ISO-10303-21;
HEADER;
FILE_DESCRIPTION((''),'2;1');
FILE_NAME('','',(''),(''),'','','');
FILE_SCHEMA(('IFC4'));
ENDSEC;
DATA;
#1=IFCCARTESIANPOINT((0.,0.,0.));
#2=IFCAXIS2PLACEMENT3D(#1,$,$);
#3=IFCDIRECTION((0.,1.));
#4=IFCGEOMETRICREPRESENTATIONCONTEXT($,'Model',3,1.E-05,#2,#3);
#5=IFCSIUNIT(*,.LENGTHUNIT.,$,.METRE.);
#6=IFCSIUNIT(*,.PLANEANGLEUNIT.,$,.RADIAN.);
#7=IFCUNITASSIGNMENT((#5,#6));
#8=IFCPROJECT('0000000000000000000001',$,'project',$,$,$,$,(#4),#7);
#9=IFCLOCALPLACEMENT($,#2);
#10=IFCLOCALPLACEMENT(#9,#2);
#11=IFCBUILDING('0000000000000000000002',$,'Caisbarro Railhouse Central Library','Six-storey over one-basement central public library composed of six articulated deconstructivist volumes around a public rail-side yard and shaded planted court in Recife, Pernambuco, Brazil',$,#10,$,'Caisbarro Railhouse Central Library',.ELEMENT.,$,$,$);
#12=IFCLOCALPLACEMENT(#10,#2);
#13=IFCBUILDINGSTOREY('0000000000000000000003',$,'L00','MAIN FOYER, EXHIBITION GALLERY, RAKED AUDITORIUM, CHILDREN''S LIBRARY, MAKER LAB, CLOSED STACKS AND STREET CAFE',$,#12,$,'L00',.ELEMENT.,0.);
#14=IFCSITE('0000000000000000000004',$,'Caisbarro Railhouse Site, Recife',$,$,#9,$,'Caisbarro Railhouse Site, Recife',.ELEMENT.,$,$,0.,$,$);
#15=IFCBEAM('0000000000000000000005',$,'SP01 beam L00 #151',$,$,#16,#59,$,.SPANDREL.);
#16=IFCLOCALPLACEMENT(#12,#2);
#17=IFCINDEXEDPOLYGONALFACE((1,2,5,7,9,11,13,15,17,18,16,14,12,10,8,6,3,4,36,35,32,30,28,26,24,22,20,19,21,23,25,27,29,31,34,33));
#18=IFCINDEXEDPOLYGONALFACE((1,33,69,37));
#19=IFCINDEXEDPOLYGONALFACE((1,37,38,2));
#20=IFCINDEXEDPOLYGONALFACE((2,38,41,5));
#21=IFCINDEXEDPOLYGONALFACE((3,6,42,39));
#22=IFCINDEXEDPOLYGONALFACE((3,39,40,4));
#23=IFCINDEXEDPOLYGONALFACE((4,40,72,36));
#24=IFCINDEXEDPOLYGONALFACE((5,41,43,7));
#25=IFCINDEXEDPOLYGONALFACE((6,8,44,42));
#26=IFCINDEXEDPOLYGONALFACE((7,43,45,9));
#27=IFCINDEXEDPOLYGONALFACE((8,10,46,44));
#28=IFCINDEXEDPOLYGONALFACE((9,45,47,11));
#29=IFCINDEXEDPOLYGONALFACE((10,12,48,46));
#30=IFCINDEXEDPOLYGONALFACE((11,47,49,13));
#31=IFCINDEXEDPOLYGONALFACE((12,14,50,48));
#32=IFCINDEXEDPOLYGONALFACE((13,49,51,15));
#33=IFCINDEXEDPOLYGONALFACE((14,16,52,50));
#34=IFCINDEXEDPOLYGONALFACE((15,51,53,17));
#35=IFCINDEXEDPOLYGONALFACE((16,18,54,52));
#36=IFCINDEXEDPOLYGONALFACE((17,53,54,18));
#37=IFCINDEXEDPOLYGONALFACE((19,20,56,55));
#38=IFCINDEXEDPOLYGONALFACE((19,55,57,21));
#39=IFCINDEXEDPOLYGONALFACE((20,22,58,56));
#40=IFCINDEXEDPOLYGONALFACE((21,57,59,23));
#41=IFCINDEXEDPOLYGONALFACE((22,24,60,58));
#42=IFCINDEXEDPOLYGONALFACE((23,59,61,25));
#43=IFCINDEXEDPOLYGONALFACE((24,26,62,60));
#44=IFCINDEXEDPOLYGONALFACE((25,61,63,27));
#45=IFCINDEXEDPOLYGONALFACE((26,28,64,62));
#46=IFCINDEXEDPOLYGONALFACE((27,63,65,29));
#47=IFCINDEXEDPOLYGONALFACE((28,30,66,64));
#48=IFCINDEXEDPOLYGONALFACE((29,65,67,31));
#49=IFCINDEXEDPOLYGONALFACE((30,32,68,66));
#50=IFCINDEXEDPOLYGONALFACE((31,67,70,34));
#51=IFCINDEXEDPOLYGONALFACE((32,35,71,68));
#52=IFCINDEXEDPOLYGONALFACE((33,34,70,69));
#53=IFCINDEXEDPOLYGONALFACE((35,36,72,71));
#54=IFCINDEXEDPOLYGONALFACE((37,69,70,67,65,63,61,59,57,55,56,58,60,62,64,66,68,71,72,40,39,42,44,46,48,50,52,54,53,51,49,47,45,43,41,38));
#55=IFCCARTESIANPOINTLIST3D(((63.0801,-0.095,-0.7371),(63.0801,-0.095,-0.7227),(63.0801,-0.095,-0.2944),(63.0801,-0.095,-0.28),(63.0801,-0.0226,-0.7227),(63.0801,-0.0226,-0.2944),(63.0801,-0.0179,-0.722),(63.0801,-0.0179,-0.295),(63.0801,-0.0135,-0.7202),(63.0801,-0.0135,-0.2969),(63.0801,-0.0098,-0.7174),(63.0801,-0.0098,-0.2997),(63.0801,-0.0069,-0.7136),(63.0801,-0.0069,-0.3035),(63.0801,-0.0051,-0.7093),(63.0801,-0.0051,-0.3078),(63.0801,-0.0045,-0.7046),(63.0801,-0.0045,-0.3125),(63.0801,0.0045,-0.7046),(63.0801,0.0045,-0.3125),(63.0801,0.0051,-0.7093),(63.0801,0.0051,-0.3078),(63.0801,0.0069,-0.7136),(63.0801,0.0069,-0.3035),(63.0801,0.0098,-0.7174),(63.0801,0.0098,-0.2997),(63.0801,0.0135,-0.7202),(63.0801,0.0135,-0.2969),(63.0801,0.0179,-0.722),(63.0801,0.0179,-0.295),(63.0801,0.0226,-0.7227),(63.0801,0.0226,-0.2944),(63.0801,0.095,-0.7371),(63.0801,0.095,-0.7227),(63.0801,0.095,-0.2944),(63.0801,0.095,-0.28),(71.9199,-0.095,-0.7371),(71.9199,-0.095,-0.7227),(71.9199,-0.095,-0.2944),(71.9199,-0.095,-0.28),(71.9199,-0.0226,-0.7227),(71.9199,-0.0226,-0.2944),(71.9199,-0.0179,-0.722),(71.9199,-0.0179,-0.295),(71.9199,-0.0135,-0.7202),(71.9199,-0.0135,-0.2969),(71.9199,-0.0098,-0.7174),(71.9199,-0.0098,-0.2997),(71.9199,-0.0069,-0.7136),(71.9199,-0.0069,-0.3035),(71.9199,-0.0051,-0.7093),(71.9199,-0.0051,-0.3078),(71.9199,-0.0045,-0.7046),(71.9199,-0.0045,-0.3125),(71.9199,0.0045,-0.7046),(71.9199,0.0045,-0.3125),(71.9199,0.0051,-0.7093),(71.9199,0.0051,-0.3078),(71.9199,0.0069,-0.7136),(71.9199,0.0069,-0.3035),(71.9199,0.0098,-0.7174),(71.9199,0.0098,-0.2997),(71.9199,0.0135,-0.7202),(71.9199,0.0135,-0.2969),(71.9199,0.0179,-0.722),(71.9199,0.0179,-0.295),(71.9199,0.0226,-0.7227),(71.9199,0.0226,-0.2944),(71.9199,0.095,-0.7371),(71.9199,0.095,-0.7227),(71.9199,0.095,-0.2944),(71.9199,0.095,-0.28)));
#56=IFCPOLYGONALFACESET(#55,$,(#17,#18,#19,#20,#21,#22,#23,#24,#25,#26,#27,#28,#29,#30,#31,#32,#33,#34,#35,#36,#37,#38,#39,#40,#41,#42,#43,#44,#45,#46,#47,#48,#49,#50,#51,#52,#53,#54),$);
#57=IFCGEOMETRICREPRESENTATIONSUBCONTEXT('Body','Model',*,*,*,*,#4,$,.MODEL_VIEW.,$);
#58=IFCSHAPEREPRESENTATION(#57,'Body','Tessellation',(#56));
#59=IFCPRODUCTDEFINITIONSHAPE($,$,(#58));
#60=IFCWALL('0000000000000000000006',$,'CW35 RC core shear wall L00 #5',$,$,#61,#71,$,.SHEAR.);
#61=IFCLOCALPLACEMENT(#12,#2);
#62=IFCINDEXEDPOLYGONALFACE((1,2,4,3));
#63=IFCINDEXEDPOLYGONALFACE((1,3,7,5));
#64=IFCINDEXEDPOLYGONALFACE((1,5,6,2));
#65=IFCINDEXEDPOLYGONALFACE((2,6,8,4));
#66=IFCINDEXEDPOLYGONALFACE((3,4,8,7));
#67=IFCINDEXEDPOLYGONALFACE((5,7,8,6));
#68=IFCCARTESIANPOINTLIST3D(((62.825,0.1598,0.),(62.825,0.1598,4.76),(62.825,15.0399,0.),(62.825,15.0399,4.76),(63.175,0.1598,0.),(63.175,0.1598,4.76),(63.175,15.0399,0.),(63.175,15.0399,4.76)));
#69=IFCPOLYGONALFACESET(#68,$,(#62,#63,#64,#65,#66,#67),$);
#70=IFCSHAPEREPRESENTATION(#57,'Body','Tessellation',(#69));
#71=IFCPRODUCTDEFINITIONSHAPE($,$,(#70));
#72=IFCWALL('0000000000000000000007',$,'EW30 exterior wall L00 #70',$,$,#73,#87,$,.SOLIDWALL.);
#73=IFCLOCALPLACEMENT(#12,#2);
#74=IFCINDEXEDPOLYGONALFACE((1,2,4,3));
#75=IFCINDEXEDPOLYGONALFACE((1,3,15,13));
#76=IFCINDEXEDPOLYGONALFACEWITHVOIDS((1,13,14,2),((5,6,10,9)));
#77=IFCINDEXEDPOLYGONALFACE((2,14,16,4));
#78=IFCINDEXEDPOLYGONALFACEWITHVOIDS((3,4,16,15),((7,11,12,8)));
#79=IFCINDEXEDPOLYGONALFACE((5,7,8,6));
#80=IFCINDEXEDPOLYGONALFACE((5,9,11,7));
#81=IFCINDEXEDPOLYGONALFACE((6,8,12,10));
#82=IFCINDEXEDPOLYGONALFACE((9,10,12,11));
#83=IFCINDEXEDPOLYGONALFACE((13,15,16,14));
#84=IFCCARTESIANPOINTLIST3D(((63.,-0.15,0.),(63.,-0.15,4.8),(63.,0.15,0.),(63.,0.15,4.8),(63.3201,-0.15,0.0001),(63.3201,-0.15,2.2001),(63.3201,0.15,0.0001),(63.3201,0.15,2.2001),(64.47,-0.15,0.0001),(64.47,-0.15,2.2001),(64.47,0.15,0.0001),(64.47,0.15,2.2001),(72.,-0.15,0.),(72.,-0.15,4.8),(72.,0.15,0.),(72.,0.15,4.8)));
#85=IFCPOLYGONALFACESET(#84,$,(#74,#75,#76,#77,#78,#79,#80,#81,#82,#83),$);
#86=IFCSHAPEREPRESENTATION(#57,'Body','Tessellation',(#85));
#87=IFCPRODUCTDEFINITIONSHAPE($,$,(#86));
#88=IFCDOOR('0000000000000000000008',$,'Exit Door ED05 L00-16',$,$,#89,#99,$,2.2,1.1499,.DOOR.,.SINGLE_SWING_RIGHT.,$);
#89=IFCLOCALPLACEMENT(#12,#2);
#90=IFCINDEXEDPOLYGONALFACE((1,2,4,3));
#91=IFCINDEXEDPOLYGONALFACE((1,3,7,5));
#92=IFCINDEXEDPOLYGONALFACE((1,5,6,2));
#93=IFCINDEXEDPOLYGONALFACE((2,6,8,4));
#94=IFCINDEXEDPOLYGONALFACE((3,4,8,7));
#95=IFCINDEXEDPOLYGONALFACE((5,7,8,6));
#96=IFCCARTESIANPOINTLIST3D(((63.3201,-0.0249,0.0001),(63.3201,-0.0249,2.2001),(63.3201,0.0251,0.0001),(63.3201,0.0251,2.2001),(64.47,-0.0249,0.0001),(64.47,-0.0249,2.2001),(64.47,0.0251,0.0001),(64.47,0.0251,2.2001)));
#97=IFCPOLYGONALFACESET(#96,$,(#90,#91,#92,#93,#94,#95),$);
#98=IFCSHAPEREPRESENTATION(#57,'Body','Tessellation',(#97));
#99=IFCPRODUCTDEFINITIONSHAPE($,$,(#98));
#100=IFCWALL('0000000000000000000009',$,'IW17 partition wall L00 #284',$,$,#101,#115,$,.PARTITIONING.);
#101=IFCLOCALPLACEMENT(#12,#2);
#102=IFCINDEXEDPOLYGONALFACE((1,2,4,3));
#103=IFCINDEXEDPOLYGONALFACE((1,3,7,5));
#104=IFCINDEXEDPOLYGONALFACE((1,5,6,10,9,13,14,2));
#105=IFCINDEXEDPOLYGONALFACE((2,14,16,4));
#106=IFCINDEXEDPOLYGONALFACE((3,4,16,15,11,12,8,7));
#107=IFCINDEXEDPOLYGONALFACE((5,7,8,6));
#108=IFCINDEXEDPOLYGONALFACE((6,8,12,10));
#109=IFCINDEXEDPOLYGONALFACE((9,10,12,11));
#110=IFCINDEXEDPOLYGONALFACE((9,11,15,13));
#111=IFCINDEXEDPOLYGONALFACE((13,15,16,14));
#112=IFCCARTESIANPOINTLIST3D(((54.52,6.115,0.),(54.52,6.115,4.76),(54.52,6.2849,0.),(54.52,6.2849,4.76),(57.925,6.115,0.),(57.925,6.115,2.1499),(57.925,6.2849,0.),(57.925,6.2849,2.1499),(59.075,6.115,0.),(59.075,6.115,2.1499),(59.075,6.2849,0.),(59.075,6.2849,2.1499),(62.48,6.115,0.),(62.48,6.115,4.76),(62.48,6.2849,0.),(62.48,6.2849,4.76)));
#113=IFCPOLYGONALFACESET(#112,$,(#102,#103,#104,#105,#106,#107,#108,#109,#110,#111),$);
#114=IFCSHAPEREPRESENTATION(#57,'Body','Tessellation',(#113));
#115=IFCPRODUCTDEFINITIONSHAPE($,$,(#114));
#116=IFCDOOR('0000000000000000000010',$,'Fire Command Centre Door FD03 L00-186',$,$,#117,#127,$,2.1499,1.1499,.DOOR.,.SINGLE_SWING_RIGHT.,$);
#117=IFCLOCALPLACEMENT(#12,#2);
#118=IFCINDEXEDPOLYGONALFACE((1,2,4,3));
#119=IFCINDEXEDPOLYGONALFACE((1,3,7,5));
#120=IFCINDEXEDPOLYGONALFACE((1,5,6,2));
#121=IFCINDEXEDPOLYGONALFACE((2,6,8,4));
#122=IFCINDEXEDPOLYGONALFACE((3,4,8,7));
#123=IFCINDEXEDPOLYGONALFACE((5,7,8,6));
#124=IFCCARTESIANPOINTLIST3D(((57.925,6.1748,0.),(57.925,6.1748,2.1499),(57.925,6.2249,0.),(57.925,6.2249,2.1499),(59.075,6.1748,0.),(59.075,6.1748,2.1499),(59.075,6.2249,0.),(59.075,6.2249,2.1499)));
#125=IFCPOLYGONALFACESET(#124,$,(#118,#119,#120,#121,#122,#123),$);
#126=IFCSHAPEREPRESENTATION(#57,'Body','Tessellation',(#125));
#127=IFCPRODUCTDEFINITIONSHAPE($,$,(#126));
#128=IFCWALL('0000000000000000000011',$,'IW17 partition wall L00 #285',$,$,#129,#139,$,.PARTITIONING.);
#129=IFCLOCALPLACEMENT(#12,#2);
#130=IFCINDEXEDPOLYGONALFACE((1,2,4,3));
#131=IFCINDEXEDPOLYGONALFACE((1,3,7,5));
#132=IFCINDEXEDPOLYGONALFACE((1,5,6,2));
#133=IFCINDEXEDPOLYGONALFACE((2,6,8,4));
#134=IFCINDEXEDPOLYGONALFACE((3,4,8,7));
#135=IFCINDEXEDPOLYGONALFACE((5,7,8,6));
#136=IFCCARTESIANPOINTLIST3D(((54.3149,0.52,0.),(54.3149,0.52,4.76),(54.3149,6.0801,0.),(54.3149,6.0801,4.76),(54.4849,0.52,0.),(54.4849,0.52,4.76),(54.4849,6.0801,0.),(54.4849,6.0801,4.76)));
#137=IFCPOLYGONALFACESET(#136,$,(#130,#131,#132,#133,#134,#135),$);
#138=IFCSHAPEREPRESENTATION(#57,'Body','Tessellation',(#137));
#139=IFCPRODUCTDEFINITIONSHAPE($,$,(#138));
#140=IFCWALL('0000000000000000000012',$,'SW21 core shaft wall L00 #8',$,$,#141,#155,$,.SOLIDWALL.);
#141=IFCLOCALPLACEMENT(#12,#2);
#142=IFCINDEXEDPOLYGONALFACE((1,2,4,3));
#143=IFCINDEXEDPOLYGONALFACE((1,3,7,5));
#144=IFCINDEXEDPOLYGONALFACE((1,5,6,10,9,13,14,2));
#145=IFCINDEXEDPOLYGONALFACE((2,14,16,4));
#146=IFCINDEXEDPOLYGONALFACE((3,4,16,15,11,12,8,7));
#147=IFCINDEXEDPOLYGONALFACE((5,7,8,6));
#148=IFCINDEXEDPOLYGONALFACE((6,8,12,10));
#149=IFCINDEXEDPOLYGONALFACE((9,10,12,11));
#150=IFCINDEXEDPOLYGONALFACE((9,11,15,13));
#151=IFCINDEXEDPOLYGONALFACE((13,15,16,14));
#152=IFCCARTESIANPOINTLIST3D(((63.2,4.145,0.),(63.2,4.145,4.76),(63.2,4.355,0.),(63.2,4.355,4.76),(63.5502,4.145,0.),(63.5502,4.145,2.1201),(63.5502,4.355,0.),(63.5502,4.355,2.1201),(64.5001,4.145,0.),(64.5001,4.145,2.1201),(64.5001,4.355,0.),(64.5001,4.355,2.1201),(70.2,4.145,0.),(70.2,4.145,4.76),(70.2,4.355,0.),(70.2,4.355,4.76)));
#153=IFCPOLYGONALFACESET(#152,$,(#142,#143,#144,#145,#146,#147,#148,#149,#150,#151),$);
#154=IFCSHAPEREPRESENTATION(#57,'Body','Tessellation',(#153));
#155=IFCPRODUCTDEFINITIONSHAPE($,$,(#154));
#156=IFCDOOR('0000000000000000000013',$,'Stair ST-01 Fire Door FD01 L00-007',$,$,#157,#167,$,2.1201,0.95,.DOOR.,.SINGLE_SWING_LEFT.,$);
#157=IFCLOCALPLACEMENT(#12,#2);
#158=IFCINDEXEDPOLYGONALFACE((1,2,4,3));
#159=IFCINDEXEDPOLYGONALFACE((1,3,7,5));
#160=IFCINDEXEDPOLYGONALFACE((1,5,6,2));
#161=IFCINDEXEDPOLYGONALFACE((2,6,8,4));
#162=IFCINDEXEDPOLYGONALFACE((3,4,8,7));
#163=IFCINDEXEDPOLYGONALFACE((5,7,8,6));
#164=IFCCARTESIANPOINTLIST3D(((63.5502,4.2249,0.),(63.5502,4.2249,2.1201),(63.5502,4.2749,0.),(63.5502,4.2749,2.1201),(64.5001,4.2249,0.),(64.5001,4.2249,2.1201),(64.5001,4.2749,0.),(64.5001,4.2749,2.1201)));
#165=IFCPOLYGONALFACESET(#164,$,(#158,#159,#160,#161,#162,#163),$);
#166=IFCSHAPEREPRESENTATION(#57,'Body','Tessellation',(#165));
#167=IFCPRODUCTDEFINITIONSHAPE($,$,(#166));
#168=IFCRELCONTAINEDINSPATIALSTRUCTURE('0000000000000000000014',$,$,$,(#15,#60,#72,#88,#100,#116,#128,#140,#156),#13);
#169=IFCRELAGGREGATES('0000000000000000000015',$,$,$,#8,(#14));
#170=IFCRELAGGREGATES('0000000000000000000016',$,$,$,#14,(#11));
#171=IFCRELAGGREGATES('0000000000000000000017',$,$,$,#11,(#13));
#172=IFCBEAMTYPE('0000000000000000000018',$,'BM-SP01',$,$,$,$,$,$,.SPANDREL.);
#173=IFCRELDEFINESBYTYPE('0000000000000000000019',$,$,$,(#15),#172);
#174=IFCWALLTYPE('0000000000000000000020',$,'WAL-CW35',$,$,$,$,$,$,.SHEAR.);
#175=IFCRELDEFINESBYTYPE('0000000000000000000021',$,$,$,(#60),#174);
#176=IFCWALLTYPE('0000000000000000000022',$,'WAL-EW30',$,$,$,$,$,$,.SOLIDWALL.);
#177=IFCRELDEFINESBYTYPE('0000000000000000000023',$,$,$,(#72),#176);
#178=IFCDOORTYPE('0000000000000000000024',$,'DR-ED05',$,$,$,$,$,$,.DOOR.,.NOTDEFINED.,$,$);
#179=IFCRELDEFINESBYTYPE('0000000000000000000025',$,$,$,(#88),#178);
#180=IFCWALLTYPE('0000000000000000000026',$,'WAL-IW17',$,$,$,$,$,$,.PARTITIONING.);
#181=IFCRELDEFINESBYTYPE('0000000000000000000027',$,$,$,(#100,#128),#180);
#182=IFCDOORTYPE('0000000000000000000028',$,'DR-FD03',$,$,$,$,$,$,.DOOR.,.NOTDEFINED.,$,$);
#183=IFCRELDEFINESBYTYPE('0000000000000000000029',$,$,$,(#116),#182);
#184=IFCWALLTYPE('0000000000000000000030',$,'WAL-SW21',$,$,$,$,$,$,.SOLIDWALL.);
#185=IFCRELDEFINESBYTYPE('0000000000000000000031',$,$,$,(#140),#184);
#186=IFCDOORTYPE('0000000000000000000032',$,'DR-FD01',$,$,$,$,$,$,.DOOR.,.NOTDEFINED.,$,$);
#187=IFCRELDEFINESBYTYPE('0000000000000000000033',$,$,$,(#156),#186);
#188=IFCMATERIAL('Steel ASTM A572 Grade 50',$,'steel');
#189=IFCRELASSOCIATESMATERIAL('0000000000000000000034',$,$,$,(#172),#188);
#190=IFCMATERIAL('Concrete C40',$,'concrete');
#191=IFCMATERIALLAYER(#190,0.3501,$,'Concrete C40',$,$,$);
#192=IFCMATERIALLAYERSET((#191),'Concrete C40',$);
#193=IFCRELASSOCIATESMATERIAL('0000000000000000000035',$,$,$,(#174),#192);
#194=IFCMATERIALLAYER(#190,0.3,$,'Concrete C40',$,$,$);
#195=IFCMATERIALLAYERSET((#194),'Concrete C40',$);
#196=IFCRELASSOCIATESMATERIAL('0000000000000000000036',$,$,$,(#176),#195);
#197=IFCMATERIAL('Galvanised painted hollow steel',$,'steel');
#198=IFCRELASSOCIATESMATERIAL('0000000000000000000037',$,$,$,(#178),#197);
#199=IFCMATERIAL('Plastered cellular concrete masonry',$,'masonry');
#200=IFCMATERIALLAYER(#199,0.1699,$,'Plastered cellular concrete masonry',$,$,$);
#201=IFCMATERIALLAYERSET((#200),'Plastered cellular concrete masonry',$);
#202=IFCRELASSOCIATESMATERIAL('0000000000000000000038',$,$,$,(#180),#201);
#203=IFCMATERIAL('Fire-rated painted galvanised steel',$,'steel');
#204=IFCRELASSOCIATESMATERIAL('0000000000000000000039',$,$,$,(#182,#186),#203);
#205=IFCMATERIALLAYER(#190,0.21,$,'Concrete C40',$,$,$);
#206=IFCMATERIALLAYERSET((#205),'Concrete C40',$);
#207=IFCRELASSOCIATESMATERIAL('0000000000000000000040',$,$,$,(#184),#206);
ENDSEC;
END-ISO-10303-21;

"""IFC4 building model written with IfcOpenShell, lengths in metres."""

from ifc_helpers import new_model, si_unit, direction, frame, frame_2d, origin, origin_2d, place, context, subcontext, project, spatial, rectangle, i_section, extrude, material, layer, layer_set, material_profile, profile_set, type_object, element, fill, save


model = new_model("IFC4")

# Units and contexts
model_context = context("Model", 3, precision=1e-05, world=origin(), true_north=direction((0.0, 1.0)))
body_context = subcontext(model_context, "Body", "Model", "MODEL_VIEW")
ifc_project = project(units=[si_unit("LENGTHUNIT", "METRE"), si_unit("PLANEANGLEUNIT", "RADIAN")], contexts=[model_context])

# Site, building, storey
site_placement = place(None, origin())
site = spatial("IfcSite", under=ifc_project, at=site_placement, Name="Caisbarro Railhouse Site, Recife", LongName="Caisbarro Railhouse Site, Recife", CompositionType="ELEMENT", RefElevation=0.0)
building_placement = place(site_placement, origin())
building = spatial("IfcBuilding", under=site, at=building_placement, Name="Caisbarro Railhouse Central Library", Description="Six-storey over one-basement central public library composed of six articulated deconstructivist volumes around a public rail-side yard and shaded planted court in Recife, Pernambuco, Brazil", LongName="Caisbarro Railhouse Central Library", CompositionType="ELEMENT")
storey_placement = place(building_placement, origin())
storey = spatial("IfcBuildingStorey", under=building, at=storey_placement, Name="L00", Description="MAIN FOYER, EXHIBITION GALLERY, RAKED AUDITORIUM, CHILDREN'S LIBRARY, MAKER LAB, CLOSED STACKS AND STREET CAFE", LongName="L00", CompositionType="ELEMENT", Elevation=0.0)

# Shared definitions
ifc_material_1 = material(Name="Steel ASTM A572 Grade 50", Category="steel")

# Beam
ifc_material_profile_1 = material_profile(ifc_material_1, i_section(OverallWidth=0.1899, OverallDepth=0.457, WebThickness=0.009, FlangeThickness=0.0144, FilletRadius=0.0181, at=origin_2d()), Name="W460X74.0")
ifc_profile_set_1 = profile_set([ifc_material_profile_1], Name="Steel ASTM A572 Grade 50")
beam_type_1 = type_object("IfcBeamType", Name="BM-SP01", PredefinedType="SPANDREL", material=ifc_profile_set_1)
beam_placement = place(storey_placement, frame((63.0801, 0.0, -0.5085), z_axis=(1.0, 0.0, 0.0), x_axis=(0.0, 1.0, 0.0)))
element("IfcBeam", 1, at=beam_placement, inside=storey, type_object=beam_type_1, Name="SP01 beam L00 #151", PredefinedType="SPANDREL", context=body_context, shape_type="SweptSolid", body=[
    extrude(i_section(OverallWidth=0.1899, OverallDepth=0.457, WebThickness=0.009, FlangeThickness=0.0144, FilletRadius=0.0181, at=origin_2d()), origin(), (0.0, 0.0, 1.0), 8.8398),
])

# Wall
ifc_material_2 = material(Name="Concrete C40", Category="concrete")
ifc_layer_1 = layer(ifc_material_2, 0.3501, Name="Concrete C40")
ifc_layer_set_1 = layer_set([ifc_layer_1], Name="Concrete C40")
wall_type_1 = type_object("IfcWallType", Name="WAL-CW35", PredefinedType="SHEAR", material=ifc_layer_set_1)
wall_1_placement = place(storey_placement, frame((63.0, 0.1599, 0.0), z_axis=(0.0, 0.0, 1.0), x_axis=(0.0, 1.0, 0.0)))
element("IfcWall", 2, at=wall_1_placement, inside=storey, type_object=wall_type_1, Name="CW35 RC core shear wall L00 #5", PredefinedType="SHEAR", context=body_context, shape_type="SweptSolid", body=[
    extrude(rectangle(XDim=14.8801, YDim=0.3501, at=frame_2d((7.4399, 0.0))), origin(), (0.0, 0.0, 1.0), 4.76),
])

# Walls, openings, doors
ifc_layer_2 = layer(ifc_material_2, 0.3, Name="Concrete C40")
ifc_layer_set_2 = layer_set([ifc_layer_2], Name="Concrete C40")
wall_type_2 = type_object("IfcWallType", Name="WAL-EW30", PredefinedType="SOLIDWALL", material=ifc_layer_set_2)
wall_2_placement = place(storey_placement, frame((63.0, 0.0, 0.0), z_axis=(0.0, 0.0, 1.0), x_axis=(1.0, 0.0, 0.0)))
wall_2 = element("IfcWall", 3, at=wall_2_placement, inside=storey, type_object=wall_type_2, Name="EW30 exterior wall L00 #70", PredefinedType="SOLIDWALL", context=body_context, shape_type="SweptSolid", body=[
    extrude(rectangle(XDim=9.0, YDim=0.3, at=frame_2d((4.5, 0.0))), origin(), (0.0, 0.0, 1.0), 4.8),
])
opening_1_placement = place(wall_2_placement, frame((0.3201, 0.0, 0.0)))
opening_1 = element("IfcOpeningElement", 4, at=opening_1_placement, cuts=wall_2, PredefinedType="OPENING", context=body_context, shape_type="SweptSolid", body=[
    extrude(rectangle(XDim=1.1499, YDim=2.2, at=frame_2d((0.575, 1.1001))), frame((0.0, 0.1602, 0.0), z_axis=(0.0, -1.0, 0.0), x_axis=(1.0, 0.0, 0.0)), (0.0, 0.0, 1.0), 0.3201),
])
ifc_material_3 = material(Name="Galvanised painted hollow steel", Category="steel")
door_type_1 = type_object("IfcDoorType", Name="DR-ED05", OperationType="NOTDEFINED", PredefinedType="DOOR", material=ifc_material_3)
door_1_placement = place(opening_1_placement, frame((1.1499, 0.0, 0.0), z_axis=(0.0, 0.0, 1.0), x_axis=(-1.0, 0.0, 0.0)))
door_1 = element("IfcDoor", 5, at=door_1_placement, inside=storey, type_object=door_type_1, Name="Exit Door ED05 L00-16", OperationType="SINGLE_SWING_RIGHT", OverallHeight=2.2, OverallWidth=1.1499, PredefinedType="DOOR", context=body_context, shape_type="SweptSolid", body=[
    extrude(rectangle(XDim=1.1499, YDim=2.2, at=frame_2d((0.575, 1.1001))), frame((0.0, 0.0249, 0.0), z_axis=(0.0, -1.0, 0.0), x_axis=(1.0, 0.0, 0.0)), (0.0, 0.0, 1.0), 0.05),
])
fill(opening_1, door_1)
ifc_material_4 = material(Name="Plastered cellular concrete masonry", Category="masonry")
ifc_layer_3 = layer(ifc_material_4, 0.1699, Name="Plastered cellular concrete masonry")
ifc_layer_set_3 = layer_set([ifc_layer_3], Name="Plastered cellular concrete masonry")
wall_type_3 = type_object("IfcWallType", Name="WAL-IW17", PredefinedType="PARTITIONING", material=ifc_layer_set_3)
wall_3_placement = place(storey_placement, frame((54.52, 6.2, 0.0), z_axis=(0.0, 0.0, 1.0), x_axis=(1.0, 0.0, 0.0)))
wall_3 = element("IfcWall", 6, at=wall_3_placement, inside=storey, type_object=wall_type_3, Name="IW17 partition wall L00 #284", PredefinedType="PARTITIONING", context=body_context, shape_type="SweptSolid", body=[
    extrude(rectangle(XDim=7.96, YDim=0.1699, at=frame_2d((3.98, 0.0))), origin(), (0.0, 0.0, 1.0), 4.76),
])
opening_2_placement = place(wall_3_placement, frame((3.405, 0.0, 0.0)))
opening_2 = element("IfcOpeningElement", 7, at=opening_2_placement, cuts=wall_3, PredefinedType="OPENING", context=body_context, shape_type="SweptSolid", body=[
    extrude(rectangle(XDim=1.1499, YDim=2.1499, at=frame_2d((0.575, 1.075))), frame((0.0, 0.095, 0.0), z_axis=(0.0, -1.0, 0.0), x_axis=(1.0, 0.0, 0.0)), (0.0, 0.0, 1.0), 0.1899),
])
ifc_material_5 = material(Name="Fire-rated painted galvanised steel", Category="steel")
door_type_2 = type_object("IfcDoorType", Name="DR-FD03", OperationType="NOTDEFINED", PredefinedType="DOOR", material=ifc_material_5)
door_2_placement = place(opening_2_placement, origin())
door_2 = element("IfcDoor", 8, at=door_2_placement, inside=storey, type_object=door_type_2, Name="Fire Command Centre Door FD03 L00-186", OperationType="SINGLE_SWING_RIGHT", OverallHeight=2.1499, OverallWidth=1.1499, PredefinedType="DOOR", context=body_context, shape_type="SweptSolid", body=[
    extrude(rectangle(XDim=1.1499, YDim=2.1499, at=frame_2d((0.575, 1.075))), frame((0.0, 0.0249, 0.0), z_axis=(0.0, -1.0, 0.0), x_axis=(1.0, 0.0, 0.0)), (0.0, 0.0, 1.0), 0.05),
])
fill(opening_2, door_2)

# Wall
wall_4_placement = place(storey_placement, frame((54.3999, 0.52, 0.0), z_axis=(0.0, 0.0, 1.0), x_axis=(0.0, 1.0, 0.0)))
element("IfcWall", 9, at=wall_4_placement, inside=storey, type_object=wall_type_3, Name="IW17 partition wall L00 #285", PredefinedType="PARTITIONING", context=body_context, shape_type="SweptSolid", body=[
    extrude(rectangle(XDim=5.5601, YDim=0.1699, at=frame_2d((2.78, 0.0))), origin(), (0.0, 0.0, 1.0), 4.76),
])

# Wall, opening, door
ifc_layer_4 = layer(ifc_material_2, 0.21, Name="Concrete C40")
ifc_layer_set_4 = layer_set([ifc_layer_4], Name="Concrete C40")
wall_type_4 = type_object("IfcWallType", Name="WAL-SW21", PredefinedType="SOLIDWALL", material=ifc_layer_set_4)
wall_5_placement = place(storey_placement, frame((63.2, 4.25, 0.0), z_axis=(0.0, 0.0, 1.0), x_axis=(1.0, 0.0, 0.0)))
wall_5 = element("IfcWall", 10, at=wall_5_placement, inside=storey, type_object=wall_type_4, Name="SW21 core shaft wall L00 #8", PredefinedType="SOLIDWALL", context=body_context, shape_type="SweptSolid", body=[
    extrude(rectangle(XDim=7.0, YDim=0.21, at=frame_2d((3.5, 0.0))), origin(), (0.0, 0.0, 1.0), 4.76),
])
opening_3_placement = place(wall_5_placement, frame((0.3501, 0.0, 0.0)))
opening_3 = element("IfcOpeningElement", 11, at=opening_3_placement, cuts=wall_5, PredefinedType="OPENING", context=body_context, shape_type="SweptSolid", body=[
    extrude(rectangle(XDim=0.95, YDim=2.1201, at=frame_2d((0.4751, 1.0601))), frame((0.0, 0.115, 0.0), z_axis=(0.0, -1.0, 0.0), x_axis=(1.0, 0.0, 0.0)), (0.0, 0.0, 1.0), 0.23),
])
door_type_3 = type_object("IfcDoorType", Name="DR-FD01", OperationType="NOTDEFINED", PredefinedType="DOOR", material=ifc_material_5)
door_3_placement = place(opening_3_placement, origin())
door_3 = element("IfcDoor", 12, at=door_3_placement, inside=storey, type_object=door_type_3, Name="Stair ST-01 Fire Door FD01 L00-007", OperationType="SINGLE_SWING_LEFT", OverallHeight=2.1201, OverallWidth=0.95, PredefinedType="DOOR", context=body_context, shape_type="SweptSolid", body=[
    extrude(rectangle(XDim=0.95, YDim=2.1201, at=frame_2d((0.4751, 1.0601))), frame((0.0, 0.0249, 0.0), z_axis=(0.0, -1.0, 0.0), x_axis=(1.0, 0.0, 0.0)), (0.0, 0.0, 1.0), 0.05),
])
fill(opening_3, door_3)

save(model, "model.ifc")
